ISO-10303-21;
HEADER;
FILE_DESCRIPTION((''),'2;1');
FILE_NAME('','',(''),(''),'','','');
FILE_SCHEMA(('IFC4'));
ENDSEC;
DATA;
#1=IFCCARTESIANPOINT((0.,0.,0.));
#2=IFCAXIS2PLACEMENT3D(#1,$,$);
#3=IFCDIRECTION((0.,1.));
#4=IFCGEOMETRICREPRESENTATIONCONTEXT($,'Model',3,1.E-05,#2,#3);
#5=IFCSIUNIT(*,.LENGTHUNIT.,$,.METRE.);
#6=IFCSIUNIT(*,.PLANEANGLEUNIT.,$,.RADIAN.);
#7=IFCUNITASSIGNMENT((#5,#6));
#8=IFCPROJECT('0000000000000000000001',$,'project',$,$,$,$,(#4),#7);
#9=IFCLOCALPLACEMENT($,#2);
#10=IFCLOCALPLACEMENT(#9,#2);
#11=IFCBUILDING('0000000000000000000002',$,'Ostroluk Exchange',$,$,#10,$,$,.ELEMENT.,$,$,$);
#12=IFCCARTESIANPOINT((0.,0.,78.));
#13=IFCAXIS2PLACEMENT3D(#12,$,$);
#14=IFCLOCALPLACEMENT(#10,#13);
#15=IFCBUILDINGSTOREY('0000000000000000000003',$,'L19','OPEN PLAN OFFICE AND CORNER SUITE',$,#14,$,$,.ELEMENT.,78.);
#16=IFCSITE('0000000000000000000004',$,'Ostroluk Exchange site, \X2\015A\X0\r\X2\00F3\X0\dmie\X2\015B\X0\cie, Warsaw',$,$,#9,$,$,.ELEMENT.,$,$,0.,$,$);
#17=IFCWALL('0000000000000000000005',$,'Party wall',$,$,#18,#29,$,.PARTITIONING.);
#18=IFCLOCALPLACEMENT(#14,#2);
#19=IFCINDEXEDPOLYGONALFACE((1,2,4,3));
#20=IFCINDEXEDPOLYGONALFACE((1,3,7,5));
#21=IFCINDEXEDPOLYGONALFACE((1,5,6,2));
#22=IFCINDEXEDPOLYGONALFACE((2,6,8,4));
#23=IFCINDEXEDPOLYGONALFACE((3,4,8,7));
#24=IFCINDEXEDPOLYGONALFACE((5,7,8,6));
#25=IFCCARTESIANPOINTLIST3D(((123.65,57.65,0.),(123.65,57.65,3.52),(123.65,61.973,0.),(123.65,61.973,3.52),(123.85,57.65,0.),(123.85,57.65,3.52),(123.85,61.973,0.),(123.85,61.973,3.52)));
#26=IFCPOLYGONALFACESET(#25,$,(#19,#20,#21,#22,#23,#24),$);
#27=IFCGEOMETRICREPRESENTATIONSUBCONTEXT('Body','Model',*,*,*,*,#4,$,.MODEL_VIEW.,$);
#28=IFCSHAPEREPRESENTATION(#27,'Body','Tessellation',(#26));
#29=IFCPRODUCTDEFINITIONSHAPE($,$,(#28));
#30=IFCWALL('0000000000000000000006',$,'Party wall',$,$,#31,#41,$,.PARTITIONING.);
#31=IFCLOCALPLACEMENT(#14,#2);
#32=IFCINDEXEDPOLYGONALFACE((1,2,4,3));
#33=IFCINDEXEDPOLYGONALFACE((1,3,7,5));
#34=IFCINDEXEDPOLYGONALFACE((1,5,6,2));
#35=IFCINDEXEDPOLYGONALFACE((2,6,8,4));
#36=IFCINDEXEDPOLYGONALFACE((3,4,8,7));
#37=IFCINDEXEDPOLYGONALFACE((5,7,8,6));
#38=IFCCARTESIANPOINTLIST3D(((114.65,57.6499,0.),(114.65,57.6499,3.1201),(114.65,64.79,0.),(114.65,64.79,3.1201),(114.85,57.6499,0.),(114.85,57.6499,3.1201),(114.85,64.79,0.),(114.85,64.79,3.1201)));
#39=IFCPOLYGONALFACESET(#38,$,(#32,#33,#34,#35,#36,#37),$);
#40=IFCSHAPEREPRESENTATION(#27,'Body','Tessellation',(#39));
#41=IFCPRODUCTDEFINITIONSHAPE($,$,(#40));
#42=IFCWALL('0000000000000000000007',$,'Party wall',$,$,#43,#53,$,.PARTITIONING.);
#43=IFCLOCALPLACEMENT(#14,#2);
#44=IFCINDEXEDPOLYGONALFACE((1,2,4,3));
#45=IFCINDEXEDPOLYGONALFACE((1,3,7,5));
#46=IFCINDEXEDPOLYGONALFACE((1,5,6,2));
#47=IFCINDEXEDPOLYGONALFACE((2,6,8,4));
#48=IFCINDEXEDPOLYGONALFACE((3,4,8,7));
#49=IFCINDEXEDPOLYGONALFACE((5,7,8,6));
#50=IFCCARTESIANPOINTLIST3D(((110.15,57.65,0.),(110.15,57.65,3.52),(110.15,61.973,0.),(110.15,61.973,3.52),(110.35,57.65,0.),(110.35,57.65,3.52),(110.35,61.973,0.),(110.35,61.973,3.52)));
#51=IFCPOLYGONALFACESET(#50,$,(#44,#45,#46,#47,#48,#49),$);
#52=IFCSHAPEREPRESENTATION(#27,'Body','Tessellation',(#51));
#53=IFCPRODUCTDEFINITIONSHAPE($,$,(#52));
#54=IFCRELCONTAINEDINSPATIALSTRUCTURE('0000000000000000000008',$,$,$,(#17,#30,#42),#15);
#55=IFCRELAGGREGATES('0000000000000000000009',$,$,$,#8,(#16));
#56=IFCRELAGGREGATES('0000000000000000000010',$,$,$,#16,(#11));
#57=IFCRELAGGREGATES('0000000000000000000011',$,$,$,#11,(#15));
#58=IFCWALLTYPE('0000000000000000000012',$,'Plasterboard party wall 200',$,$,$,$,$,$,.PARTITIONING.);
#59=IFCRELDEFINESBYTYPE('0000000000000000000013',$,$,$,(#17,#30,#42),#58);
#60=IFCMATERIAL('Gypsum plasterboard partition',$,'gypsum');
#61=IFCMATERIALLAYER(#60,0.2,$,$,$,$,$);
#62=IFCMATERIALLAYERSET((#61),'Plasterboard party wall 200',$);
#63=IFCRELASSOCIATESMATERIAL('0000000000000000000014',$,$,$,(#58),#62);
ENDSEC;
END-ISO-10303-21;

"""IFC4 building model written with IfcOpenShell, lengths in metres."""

from ifc_helpers import new_model, si_unit, direction, frame, frame_2d, origin, place, context, subcontext, project, spatial, rectangle, extrude, material, layer, layer_set, type_object, element, save


model = new_model("IFC4")

# Units and contexts
model_context = context("Model", 3, precision=1e-05, world=origin(), true_north=direction((0.0, 1.0)))
body_context = subcontext(model_context, "Body", "Model", "MODEL_VIEW")
ifc_project = project(units=[si_unit("LENGTHUNIT", "METRE"), si_unit("PLANEANGLEUNIT", "RADIAN")], contexts=[model_context])

# Site, building, storey
site_placement = place(None, origin())
site = spatial("IfcSite", under=ifc_project, at=site_placement, Name="Ostroluk Exchange site, Śródmieście, Warsaw", CompositionType="ELEMENT", RefElevation=0.0)
building_placement = place(site_placement, origin())
building = spatial("IfcBuilding", under=site, at=building_placement, Name="Ostroluk Exchange", CompositionType="ELEMENT")
storey_placement = place(building_placement, frame((0.0, 0.0, 78.0)))
storey = spatial("IfcBuildingStorey", under=building, at=storey_placement, Name="L19", Description="OPEN PLAN OFFICE AND CORNER SUITE", CompositionType="ELEMENT", Elevation=78.0)

# Walls
ifc_material_1 = material(Name="Gypsum plasterboard partition", Category="gypsum")
ifc_layer_1 = layer(ifc_material_1, 0.2)
ifc_layer_set_1 = layer_set([ifc_layer_1], Name="Plasterboard party wall 200")
wall_type_1 = type_object("IfcWallType", Name="Plasterboard party wall 200", PredefinedType="PARTITIONING", material=ifc_layer_set_1)
wall_1_placement = place(storey_placement, frame((123.75, 57.6499, 0.0), z_axis=(0.0, 0.0, 1.0), x_axis=(0.0, 1.0, 0.0)))
element("IfcWall", 1, at=wall_1_placement, inside=storey, type_object=wall_type_1, Name="Party wall", PredefinedType="PARTITIONING", context=body_context, shape_type="SweptSolid", body=[
    extrude(rectangle(XDim=4.323, YDim=0.2, at=frame_2d((2.1616, 0.0))), origin(), (0.0, 0.0, 1.0), 3.52),
])
wall_2_placement = place(storey_placement, frame((114.75, 57.6499, 0.0), z_axis=(0.0, 0.0, 1.0), x_axis=(0.0, 1.0, 0.0)))
element("IfcWall", 2, at=wall_2_placement, inside=storey, type_object=wall_type_1, Name="Party wall", PredefinedType="PARTITIONING", context=body_context, shape_type="SweptSolid", body=[
    extrude(rectangle(XDim=7.1401, YDim=0.2, at=frame_2d((3.5701, 0.0))), origin(), (0.0, 0.0, 1.0), 3.1201),
])
wall_3_placement = place(storey_placement, frame((110.25, 57.6499, 0.0), z_axis=(0.0, 0.0, 1.0), x_axis=(0.0, 1.0, 0.0)))
element("IfcWall", 3, at=wall_3_placement, inside=storey, type_object=wall_type_1, Name="Party wall", PredefinedType="PARTITIONING", context=body_context, shape_type="SweptSolid", body=[
    extrude(rectangle(XDim=4.323, YDim=0.2, at=frame_2d((2.1616, 0.0))), origin(), (0.0, 0.0, 1.0), 3.52),
])

save(model, "model.ifc")
